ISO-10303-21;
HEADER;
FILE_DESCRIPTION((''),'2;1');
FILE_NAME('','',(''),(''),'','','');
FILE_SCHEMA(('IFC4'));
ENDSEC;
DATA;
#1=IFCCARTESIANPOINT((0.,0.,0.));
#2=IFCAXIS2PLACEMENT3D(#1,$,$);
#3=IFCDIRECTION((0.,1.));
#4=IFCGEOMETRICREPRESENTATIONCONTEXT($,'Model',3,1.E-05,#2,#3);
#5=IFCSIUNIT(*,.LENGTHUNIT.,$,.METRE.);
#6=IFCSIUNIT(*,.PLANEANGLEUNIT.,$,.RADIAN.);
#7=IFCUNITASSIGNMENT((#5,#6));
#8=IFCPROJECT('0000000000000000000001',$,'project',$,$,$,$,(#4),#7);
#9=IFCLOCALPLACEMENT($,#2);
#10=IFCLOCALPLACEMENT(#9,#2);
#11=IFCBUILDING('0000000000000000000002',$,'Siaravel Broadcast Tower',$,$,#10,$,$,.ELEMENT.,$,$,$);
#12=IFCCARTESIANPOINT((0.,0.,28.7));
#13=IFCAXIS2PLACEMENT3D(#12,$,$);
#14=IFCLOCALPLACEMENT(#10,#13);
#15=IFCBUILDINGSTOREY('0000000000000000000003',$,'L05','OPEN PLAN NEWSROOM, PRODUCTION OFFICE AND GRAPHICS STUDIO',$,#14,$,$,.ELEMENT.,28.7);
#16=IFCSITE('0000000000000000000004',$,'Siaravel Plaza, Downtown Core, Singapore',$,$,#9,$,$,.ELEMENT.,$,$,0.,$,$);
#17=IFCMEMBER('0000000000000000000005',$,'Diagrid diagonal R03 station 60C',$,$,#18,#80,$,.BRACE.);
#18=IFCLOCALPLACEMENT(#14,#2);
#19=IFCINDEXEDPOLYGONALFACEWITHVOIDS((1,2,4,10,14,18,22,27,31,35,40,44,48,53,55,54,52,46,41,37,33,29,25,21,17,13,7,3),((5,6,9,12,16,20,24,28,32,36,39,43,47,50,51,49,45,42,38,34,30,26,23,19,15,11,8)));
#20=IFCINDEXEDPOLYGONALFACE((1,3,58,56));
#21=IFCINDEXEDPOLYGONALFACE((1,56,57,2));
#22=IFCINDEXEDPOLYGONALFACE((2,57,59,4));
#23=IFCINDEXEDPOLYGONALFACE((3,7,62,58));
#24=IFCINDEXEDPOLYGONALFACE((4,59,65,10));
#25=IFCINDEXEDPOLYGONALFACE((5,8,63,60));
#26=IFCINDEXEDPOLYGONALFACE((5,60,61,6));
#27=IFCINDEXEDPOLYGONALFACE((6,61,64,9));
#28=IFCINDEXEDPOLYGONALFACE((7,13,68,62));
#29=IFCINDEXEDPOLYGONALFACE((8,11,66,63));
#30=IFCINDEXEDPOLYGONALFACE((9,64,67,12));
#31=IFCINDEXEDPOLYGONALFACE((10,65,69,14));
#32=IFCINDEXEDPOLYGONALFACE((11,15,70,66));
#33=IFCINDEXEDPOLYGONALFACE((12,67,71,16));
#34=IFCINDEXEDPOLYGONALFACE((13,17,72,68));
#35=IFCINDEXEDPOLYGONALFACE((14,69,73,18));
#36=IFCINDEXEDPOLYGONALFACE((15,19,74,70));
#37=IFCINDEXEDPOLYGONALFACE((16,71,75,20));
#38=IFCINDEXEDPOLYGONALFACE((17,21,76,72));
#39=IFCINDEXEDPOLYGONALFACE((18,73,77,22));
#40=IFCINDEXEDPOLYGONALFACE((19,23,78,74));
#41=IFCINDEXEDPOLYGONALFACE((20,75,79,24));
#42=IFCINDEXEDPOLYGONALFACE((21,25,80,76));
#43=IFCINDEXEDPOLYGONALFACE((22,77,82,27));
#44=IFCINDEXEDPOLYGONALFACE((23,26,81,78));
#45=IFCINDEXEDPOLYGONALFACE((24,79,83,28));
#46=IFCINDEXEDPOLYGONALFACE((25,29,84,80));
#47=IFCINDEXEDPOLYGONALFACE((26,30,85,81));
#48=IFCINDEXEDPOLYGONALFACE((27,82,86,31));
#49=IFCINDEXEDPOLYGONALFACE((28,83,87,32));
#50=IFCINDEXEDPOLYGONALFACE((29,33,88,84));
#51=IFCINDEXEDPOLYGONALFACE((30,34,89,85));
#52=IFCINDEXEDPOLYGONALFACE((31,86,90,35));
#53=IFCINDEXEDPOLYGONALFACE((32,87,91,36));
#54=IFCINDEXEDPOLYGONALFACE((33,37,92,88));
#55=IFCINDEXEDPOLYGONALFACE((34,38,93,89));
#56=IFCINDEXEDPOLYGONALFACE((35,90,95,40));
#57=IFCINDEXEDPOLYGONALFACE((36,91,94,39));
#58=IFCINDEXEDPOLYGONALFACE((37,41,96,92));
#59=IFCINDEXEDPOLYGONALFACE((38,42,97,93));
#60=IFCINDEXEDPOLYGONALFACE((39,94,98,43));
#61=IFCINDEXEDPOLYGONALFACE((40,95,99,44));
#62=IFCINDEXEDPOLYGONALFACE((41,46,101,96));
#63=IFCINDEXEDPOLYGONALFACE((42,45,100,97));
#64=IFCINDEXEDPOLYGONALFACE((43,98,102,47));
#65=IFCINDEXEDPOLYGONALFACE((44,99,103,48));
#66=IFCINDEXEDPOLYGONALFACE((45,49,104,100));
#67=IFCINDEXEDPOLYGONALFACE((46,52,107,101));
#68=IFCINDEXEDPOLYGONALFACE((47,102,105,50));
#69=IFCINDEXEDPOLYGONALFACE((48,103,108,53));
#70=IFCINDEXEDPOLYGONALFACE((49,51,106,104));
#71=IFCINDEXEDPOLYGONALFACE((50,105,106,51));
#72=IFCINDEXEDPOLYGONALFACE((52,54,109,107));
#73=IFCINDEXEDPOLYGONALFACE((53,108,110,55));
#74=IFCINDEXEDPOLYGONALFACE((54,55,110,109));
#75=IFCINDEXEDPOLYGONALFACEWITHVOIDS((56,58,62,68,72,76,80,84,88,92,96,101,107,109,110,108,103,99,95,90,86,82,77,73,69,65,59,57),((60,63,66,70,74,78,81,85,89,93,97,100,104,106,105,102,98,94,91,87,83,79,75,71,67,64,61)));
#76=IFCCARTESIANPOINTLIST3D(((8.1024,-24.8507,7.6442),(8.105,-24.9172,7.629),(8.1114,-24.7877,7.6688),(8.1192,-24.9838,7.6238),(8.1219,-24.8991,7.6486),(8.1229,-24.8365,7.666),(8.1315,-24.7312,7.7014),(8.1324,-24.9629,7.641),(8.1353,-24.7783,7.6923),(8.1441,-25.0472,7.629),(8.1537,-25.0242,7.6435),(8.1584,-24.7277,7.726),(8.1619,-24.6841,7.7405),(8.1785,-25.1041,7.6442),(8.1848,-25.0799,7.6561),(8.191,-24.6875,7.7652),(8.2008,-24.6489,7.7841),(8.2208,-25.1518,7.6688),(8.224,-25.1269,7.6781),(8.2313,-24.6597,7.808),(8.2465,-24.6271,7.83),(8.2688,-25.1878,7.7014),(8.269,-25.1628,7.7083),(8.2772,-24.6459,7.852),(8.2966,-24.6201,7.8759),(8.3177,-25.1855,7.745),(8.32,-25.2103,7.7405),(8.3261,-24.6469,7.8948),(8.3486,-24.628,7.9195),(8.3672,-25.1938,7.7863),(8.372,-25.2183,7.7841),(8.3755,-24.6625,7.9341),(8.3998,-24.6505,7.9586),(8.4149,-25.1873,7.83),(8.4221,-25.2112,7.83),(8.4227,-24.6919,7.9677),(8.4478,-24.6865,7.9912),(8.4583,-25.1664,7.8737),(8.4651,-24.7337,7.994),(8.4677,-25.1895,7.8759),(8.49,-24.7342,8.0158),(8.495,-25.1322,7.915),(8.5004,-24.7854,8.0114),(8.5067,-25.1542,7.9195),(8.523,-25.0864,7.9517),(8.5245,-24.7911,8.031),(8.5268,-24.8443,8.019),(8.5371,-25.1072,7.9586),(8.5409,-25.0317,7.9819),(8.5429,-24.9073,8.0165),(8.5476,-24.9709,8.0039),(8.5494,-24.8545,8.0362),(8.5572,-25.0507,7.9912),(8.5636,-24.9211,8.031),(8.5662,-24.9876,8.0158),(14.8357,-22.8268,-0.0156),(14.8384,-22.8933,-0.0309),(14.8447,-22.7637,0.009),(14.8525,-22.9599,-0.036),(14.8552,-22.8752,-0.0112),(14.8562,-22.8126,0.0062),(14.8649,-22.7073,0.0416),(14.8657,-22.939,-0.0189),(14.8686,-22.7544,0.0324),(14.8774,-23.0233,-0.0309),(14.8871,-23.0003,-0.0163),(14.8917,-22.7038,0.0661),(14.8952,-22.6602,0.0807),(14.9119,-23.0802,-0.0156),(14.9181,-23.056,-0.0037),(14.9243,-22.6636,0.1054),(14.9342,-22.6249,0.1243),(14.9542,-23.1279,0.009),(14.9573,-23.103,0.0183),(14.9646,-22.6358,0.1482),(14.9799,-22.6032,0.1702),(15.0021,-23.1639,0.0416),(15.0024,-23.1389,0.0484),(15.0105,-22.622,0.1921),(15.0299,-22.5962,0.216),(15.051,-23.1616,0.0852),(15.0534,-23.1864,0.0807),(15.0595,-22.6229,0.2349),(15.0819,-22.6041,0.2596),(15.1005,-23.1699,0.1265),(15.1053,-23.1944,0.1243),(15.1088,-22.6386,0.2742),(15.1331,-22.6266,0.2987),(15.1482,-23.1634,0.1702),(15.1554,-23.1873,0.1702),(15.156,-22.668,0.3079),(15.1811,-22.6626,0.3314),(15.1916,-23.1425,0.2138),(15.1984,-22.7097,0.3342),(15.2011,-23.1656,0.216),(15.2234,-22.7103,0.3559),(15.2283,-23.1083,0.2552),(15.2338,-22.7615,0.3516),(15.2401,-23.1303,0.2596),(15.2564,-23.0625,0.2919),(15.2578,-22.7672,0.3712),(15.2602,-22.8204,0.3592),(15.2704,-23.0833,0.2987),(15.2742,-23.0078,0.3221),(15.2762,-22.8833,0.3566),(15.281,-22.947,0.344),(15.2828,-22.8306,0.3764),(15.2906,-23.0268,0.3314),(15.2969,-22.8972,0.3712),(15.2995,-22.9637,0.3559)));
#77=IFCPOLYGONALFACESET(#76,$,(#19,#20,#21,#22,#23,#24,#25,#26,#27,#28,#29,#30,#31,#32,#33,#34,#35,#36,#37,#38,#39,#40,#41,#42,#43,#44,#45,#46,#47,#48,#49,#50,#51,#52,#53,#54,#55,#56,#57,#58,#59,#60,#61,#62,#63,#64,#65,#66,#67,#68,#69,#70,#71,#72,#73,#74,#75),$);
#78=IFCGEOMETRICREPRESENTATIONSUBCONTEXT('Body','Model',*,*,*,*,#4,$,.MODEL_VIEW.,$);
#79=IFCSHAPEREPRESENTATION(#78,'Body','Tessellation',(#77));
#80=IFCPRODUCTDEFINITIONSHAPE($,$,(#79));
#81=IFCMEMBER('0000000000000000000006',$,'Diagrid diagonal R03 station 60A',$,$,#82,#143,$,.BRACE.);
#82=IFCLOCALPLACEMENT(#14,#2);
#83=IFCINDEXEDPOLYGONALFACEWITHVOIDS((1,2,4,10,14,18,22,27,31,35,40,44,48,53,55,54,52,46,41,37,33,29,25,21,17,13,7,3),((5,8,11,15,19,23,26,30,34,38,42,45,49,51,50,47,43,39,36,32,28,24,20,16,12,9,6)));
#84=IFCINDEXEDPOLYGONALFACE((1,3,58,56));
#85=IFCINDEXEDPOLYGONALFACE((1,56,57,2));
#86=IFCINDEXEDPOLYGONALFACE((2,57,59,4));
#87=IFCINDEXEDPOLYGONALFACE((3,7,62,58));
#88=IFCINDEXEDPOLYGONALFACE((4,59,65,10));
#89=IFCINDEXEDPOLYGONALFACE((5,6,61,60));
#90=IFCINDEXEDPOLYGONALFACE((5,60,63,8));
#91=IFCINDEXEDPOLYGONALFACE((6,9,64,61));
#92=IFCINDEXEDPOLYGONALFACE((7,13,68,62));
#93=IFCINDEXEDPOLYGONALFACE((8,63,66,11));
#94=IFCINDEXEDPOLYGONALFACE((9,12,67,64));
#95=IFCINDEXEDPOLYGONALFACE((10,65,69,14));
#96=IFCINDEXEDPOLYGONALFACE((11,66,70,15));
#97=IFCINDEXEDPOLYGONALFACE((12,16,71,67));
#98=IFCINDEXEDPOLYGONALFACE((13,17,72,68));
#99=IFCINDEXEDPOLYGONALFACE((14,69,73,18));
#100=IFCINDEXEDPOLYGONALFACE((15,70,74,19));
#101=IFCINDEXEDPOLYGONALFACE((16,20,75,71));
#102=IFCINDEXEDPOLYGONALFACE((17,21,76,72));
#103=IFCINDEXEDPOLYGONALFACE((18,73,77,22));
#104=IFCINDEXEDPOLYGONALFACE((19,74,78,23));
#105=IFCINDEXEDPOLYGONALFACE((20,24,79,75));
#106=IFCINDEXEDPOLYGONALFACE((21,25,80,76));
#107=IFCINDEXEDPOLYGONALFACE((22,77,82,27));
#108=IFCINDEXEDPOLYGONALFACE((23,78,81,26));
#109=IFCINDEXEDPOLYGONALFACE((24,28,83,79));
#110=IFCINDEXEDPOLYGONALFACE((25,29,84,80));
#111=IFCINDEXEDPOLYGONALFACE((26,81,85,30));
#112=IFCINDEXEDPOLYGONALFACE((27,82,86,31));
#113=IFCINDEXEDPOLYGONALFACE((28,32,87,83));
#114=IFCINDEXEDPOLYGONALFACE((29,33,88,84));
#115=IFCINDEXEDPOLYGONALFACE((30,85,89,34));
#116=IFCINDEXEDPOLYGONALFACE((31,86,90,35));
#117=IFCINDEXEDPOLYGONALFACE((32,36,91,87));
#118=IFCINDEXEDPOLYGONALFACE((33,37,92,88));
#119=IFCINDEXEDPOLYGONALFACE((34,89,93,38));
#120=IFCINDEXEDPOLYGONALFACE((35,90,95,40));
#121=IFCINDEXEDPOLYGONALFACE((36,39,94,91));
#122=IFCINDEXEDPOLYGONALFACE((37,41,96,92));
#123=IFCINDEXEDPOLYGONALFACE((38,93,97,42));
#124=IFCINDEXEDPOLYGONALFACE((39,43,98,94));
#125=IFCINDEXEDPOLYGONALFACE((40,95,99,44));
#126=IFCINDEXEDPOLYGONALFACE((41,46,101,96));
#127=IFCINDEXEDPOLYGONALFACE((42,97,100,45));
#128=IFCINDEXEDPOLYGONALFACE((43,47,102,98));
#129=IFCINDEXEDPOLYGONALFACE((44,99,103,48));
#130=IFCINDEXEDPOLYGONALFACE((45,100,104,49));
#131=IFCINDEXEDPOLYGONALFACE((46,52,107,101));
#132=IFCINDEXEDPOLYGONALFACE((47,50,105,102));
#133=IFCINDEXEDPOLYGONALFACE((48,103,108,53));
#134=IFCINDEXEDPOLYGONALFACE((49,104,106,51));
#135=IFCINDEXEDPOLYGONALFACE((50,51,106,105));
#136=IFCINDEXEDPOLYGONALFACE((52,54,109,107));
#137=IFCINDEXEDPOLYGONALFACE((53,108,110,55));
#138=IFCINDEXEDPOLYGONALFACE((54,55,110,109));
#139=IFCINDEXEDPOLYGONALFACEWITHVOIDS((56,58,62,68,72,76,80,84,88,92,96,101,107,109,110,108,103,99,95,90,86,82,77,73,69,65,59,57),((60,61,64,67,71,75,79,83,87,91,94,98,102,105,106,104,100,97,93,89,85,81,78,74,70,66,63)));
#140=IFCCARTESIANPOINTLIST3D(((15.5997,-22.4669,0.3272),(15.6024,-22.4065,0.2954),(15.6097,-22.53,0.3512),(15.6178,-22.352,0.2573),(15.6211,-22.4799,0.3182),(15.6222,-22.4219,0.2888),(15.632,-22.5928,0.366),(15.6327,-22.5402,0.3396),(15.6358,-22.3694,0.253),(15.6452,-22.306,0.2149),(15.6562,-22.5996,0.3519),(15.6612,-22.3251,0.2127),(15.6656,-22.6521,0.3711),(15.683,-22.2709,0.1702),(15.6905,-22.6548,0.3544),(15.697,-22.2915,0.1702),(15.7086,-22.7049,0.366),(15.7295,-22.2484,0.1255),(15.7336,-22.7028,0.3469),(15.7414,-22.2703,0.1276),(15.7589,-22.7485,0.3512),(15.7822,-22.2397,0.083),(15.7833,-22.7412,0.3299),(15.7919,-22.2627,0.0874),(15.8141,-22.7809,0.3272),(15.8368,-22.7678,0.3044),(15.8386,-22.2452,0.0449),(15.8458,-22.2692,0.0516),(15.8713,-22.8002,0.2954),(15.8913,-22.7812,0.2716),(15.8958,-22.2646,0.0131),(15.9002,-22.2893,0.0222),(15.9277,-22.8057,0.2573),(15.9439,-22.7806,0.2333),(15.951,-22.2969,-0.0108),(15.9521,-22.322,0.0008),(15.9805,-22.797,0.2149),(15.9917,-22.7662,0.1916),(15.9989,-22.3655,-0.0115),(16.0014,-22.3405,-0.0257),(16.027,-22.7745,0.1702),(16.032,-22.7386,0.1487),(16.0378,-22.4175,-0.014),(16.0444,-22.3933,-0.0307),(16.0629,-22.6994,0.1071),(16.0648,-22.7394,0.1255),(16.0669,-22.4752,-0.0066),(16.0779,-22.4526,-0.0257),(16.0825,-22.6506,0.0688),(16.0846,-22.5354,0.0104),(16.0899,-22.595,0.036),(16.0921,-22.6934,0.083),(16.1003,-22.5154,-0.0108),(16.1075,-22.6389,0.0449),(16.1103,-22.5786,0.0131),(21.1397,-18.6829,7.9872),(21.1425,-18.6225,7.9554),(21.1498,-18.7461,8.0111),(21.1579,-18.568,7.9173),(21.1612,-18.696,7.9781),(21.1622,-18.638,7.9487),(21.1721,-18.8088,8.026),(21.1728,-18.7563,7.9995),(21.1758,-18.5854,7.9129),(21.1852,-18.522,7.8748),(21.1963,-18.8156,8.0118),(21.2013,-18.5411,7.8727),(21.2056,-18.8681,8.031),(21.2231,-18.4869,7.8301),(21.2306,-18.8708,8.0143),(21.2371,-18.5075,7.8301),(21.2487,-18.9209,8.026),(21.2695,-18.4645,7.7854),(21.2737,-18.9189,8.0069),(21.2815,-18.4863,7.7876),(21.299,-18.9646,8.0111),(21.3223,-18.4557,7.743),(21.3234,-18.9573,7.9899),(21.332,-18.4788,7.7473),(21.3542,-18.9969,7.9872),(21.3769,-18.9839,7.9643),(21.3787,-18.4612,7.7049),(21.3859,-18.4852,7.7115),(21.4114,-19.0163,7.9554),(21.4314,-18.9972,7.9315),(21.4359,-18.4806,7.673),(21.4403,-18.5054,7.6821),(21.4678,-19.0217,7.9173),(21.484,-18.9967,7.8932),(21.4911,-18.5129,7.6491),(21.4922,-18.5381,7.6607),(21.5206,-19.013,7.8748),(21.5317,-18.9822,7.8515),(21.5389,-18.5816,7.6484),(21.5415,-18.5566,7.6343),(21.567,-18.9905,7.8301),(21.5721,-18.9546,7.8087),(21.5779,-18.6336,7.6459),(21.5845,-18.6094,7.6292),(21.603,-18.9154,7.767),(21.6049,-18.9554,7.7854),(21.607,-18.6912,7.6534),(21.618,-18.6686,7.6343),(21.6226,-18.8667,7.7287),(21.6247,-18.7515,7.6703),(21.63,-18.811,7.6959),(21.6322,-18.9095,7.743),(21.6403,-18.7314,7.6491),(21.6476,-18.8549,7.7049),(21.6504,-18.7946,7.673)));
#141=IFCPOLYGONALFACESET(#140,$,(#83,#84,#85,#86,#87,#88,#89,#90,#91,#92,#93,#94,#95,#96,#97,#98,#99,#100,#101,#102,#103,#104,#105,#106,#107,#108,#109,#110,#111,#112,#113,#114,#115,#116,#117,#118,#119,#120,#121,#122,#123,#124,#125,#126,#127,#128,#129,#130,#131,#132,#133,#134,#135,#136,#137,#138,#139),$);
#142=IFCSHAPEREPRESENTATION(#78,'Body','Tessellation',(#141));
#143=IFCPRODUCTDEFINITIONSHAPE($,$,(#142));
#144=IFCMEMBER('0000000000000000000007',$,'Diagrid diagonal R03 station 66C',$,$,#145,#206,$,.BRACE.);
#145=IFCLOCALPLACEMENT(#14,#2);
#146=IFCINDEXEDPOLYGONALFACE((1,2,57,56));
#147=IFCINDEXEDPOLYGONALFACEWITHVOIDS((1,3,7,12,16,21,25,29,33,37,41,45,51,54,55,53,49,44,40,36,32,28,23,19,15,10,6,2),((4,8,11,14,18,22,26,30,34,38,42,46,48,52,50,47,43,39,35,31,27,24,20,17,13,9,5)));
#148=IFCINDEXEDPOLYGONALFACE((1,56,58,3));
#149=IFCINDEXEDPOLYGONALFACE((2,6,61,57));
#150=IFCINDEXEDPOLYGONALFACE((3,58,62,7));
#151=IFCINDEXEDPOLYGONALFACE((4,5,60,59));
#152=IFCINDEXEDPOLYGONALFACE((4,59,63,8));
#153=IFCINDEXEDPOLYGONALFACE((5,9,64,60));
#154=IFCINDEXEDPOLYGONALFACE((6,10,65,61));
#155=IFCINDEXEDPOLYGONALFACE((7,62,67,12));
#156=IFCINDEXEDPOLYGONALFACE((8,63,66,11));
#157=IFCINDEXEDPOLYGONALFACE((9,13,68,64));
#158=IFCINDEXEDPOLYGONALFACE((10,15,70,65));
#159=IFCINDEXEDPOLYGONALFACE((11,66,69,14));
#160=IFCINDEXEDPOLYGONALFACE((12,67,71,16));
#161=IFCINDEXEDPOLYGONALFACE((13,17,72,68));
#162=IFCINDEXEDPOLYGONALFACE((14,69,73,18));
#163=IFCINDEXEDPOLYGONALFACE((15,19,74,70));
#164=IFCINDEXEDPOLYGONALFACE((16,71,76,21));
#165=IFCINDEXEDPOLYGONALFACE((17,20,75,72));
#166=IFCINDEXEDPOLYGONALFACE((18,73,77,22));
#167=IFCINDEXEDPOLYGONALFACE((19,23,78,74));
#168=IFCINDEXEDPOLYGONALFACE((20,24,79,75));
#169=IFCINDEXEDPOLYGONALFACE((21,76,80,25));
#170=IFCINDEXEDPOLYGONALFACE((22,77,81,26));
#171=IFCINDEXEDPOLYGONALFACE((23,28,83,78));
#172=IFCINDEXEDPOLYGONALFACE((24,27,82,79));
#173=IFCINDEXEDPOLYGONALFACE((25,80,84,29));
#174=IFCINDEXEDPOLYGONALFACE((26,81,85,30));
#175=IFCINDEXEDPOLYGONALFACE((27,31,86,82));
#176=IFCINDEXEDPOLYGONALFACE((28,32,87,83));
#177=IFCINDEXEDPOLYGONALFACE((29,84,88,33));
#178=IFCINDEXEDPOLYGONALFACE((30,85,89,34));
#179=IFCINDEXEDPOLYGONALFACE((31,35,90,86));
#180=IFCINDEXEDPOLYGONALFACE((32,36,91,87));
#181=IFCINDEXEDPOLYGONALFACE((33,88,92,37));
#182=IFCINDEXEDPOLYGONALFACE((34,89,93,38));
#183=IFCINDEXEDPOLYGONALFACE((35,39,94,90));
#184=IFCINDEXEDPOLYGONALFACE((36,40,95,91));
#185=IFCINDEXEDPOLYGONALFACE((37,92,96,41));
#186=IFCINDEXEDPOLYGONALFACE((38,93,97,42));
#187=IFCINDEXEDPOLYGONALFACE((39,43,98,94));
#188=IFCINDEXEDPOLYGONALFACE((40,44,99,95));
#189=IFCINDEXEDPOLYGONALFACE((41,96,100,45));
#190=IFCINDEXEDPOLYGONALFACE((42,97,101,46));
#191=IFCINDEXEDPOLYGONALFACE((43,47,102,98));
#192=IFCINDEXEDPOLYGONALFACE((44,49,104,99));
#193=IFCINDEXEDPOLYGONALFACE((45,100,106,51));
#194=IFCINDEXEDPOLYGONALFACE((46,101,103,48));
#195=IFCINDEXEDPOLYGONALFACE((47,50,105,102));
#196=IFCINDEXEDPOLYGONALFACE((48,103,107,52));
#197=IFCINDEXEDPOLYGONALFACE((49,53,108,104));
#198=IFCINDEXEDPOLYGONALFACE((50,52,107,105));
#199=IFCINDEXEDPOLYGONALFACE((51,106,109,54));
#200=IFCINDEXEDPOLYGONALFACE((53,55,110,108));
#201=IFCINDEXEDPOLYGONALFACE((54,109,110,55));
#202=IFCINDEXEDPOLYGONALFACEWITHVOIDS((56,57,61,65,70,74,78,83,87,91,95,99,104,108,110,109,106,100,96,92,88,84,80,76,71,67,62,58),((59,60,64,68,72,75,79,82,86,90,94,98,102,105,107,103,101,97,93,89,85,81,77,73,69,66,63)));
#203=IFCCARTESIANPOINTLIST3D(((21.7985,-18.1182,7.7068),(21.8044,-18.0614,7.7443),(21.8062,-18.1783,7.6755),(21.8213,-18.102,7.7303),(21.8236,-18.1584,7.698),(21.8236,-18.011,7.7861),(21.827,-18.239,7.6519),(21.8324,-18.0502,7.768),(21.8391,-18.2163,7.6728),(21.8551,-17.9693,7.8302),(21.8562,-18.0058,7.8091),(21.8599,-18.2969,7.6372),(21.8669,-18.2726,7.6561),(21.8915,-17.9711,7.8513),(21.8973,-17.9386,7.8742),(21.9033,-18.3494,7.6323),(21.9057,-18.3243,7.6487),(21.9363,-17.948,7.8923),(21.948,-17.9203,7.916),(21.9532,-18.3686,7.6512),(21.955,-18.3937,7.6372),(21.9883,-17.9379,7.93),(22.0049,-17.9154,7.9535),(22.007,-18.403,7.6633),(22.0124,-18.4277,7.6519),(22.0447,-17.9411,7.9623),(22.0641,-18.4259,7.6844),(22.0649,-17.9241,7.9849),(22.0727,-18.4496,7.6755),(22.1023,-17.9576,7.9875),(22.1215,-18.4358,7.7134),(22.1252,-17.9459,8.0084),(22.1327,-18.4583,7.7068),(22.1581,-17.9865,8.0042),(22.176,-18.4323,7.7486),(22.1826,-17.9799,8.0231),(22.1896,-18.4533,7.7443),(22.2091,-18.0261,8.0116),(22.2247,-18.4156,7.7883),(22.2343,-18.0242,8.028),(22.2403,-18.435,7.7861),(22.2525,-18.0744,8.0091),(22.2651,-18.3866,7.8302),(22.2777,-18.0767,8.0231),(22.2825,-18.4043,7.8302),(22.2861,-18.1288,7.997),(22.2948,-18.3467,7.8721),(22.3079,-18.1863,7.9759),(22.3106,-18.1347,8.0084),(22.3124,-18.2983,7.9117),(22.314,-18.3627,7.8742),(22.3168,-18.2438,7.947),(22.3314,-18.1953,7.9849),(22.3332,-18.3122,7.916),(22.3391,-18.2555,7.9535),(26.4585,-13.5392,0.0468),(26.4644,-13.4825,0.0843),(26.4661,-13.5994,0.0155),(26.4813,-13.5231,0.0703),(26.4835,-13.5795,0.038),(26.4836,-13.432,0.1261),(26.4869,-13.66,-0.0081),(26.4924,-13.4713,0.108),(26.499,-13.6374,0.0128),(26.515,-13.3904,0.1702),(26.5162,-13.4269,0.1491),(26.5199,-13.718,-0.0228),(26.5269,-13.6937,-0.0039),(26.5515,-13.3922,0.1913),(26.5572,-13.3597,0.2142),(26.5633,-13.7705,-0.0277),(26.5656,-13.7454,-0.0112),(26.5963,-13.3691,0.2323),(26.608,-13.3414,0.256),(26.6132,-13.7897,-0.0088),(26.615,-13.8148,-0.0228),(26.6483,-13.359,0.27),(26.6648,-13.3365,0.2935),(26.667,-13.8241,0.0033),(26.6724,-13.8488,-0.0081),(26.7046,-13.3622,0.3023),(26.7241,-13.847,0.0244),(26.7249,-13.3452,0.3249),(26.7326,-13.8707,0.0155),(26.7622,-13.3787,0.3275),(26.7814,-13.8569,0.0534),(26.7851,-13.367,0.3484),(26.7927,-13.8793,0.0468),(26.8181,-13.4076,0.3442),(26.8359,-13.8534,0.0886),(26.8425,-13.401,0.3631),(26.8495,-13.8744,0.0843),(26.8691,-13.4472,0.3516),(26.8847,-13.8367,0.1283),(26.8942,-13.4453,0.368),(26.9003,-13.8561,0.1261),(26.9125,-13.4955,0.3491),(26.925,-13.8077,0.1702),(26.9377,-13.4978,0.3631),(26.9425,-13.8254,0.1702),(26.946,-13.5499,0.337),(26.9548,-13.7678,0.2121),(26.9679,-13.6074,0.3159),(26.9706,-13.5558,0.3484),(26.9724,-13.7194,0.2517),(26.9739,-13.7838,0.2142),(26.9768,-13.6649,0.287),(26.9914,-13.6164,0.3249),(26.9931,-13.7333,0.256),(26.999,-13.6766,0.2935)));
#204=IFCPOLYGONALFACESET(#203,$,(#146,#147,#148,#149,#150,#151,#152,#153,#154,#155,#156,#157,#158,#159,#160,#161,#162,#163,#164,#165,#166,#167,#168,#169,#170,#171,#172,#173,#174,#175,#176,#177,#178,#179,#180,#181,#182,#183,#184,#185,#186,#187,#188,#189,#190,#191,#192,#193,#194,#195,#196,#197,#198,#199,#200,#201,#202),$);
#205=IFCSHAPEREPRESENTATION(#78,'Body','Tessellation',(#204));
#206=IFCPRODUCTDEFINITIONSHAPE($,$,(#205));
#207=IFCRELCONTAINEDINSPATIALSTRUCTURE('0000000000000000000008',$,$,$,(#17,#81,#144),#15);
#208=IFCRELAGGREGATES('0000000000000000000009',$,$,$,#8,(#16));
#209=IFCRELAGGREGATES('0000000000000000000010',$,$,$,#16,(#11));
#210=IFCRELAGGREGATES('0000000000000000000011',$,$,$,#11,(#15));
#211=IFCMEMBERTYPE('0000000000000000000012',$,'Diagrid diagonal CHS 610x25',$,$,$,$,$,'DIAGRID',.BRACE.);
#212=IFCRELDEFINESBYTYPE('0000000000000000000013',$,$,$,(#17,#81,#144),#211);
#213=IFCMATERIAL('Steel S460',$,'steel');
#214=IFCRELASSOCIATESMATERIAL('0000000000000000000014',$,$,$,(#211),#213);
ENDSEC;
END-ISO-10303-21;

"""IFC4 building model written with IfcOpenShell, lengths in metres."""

from ifc_helpers import new_model, si_unit, direction, frame, origin, origin_2d, place, context, subcontext, project, spatial, hollow_circle, extrude, material, material_profile, profile_set, type_object, element, save


model = new_model("IFC4")

# Units and contexts
model_context = context("Model", 3, precision=1e-05, world=origin(), true_north=direction((0.0, 1.0)))
body_context = subcontext(model_context, "Body", "Model", "MODEL_VIEW")
ifc_project = project(units=[si_unit("LENGTHUNIT", "METRE"), si_unit("PLANEANGLEUNIT", "RADIAN")], contexts=[model_context])

# Site, building, storey
site_placement = place(None, origin())
site = spatial("IfcSite", under=ifc_project, at=site_placement, Name="Siaravel Plaza, Downtown Core, Singapore", CompositionType="ELEMENT", RefElevation=0.0)
building_placement = place(site_placement, origin())
building = spatial("IfcBuilding", under=site, at=building_placement, Name="Siaravel Broadcast Tower", CompositionType="ELEMENT")
storey_placement = place(building_placement, frame((0.0, 0.0, 28.7)))
storey = spatial("IfcBuildingStorey", under=building, at=storey_placement, Name="L05", Description="OPEN PLAN NEWSROOM, PRODUCTION OFFICE AND GRAPHICS STUDIO", CompositionType="ELEMENT", Elevation=28.7)

# Members
ifc_material_1 = material(Name="Steel S460", Category="steel")
ifc_material_profile_1 = material_profile(ifc_material_1, hollow_circle(Radius=0.3049, WallThickness=0.0249, at=origin_2d()))
ifc_profile_set_1 = profile_set([ifc_material_profile_1], Name="Steel S460")
member_type_1 = type_object("IfcMemberType", Name="Diagrid diagonal CHS 610x25", ElementType="DIAGRID", PredefinedType="BRACE", material=ifc_profile_set_1)
member_1_placement = place(storey_placement, frame((15.0676, -22.8953, 0.1702), z_axis=(-0.647594, -0.194654, 0.736703), x_axis=(0.287858, -0.957673, 0.0)))
element("IfcMember", 1, at=member_1_placement, inside=storey, type_object=member_type_1, Name="Diagrid diagonal R03 station 60C", PredefinedType="BRACE", context=body_context, shape_type="SweptSolid", body=[
    extrude(hollow_circle(Radius=0.3049, WallThickness=0.0249, at=origin_2d()), origin(), (0.0, 0.0, 1.0), 10.3975),
])
member_2_placement = place(storey_placement, frame((15.855, -22.5227, 0.1702), z_axis=(0.544072, 0.37161, 0.752258), x_axis=(-0.564012, 0.825767, 0.0)))
element("IfcMember", 2, at=member_2_placement, inside=storey, type_object=member_type_1, Name="Diagrid diagonal R03 station 60A", PredefinedType="BRACE", context=body_context, shape_type="SweptSolid", body=[
    extrude(hollow_circle(Radius=0.3049, WallThickness=0.0249, at=origin_2d()), origin(), (0.0, 0.0, 1.0), 10.1826),
])
member_3_placement = place(storey_placement, frame((26.7288, -13.6079, 0.1702), z_axis=(-0.462866, -0.454815, 0.760854), x_axis=(0.700876, -0.713283, 0.0)))
element("IfcMember", 3, at=member_3_placement, inside=storey, type_object=member_type_1, Name="Diagrid diagonal R03 station 66C", PredefinedType="BRACE", context=body_context, shape_type="SweptSolid", body=[
    extrude(hollow_circle(Radius=0.3049, WallThickness=0.0249, at=origin_2d()), origin(), (0.0, 0.0, 1.0), 10.0676),
])

save(model, "model.ifc")
